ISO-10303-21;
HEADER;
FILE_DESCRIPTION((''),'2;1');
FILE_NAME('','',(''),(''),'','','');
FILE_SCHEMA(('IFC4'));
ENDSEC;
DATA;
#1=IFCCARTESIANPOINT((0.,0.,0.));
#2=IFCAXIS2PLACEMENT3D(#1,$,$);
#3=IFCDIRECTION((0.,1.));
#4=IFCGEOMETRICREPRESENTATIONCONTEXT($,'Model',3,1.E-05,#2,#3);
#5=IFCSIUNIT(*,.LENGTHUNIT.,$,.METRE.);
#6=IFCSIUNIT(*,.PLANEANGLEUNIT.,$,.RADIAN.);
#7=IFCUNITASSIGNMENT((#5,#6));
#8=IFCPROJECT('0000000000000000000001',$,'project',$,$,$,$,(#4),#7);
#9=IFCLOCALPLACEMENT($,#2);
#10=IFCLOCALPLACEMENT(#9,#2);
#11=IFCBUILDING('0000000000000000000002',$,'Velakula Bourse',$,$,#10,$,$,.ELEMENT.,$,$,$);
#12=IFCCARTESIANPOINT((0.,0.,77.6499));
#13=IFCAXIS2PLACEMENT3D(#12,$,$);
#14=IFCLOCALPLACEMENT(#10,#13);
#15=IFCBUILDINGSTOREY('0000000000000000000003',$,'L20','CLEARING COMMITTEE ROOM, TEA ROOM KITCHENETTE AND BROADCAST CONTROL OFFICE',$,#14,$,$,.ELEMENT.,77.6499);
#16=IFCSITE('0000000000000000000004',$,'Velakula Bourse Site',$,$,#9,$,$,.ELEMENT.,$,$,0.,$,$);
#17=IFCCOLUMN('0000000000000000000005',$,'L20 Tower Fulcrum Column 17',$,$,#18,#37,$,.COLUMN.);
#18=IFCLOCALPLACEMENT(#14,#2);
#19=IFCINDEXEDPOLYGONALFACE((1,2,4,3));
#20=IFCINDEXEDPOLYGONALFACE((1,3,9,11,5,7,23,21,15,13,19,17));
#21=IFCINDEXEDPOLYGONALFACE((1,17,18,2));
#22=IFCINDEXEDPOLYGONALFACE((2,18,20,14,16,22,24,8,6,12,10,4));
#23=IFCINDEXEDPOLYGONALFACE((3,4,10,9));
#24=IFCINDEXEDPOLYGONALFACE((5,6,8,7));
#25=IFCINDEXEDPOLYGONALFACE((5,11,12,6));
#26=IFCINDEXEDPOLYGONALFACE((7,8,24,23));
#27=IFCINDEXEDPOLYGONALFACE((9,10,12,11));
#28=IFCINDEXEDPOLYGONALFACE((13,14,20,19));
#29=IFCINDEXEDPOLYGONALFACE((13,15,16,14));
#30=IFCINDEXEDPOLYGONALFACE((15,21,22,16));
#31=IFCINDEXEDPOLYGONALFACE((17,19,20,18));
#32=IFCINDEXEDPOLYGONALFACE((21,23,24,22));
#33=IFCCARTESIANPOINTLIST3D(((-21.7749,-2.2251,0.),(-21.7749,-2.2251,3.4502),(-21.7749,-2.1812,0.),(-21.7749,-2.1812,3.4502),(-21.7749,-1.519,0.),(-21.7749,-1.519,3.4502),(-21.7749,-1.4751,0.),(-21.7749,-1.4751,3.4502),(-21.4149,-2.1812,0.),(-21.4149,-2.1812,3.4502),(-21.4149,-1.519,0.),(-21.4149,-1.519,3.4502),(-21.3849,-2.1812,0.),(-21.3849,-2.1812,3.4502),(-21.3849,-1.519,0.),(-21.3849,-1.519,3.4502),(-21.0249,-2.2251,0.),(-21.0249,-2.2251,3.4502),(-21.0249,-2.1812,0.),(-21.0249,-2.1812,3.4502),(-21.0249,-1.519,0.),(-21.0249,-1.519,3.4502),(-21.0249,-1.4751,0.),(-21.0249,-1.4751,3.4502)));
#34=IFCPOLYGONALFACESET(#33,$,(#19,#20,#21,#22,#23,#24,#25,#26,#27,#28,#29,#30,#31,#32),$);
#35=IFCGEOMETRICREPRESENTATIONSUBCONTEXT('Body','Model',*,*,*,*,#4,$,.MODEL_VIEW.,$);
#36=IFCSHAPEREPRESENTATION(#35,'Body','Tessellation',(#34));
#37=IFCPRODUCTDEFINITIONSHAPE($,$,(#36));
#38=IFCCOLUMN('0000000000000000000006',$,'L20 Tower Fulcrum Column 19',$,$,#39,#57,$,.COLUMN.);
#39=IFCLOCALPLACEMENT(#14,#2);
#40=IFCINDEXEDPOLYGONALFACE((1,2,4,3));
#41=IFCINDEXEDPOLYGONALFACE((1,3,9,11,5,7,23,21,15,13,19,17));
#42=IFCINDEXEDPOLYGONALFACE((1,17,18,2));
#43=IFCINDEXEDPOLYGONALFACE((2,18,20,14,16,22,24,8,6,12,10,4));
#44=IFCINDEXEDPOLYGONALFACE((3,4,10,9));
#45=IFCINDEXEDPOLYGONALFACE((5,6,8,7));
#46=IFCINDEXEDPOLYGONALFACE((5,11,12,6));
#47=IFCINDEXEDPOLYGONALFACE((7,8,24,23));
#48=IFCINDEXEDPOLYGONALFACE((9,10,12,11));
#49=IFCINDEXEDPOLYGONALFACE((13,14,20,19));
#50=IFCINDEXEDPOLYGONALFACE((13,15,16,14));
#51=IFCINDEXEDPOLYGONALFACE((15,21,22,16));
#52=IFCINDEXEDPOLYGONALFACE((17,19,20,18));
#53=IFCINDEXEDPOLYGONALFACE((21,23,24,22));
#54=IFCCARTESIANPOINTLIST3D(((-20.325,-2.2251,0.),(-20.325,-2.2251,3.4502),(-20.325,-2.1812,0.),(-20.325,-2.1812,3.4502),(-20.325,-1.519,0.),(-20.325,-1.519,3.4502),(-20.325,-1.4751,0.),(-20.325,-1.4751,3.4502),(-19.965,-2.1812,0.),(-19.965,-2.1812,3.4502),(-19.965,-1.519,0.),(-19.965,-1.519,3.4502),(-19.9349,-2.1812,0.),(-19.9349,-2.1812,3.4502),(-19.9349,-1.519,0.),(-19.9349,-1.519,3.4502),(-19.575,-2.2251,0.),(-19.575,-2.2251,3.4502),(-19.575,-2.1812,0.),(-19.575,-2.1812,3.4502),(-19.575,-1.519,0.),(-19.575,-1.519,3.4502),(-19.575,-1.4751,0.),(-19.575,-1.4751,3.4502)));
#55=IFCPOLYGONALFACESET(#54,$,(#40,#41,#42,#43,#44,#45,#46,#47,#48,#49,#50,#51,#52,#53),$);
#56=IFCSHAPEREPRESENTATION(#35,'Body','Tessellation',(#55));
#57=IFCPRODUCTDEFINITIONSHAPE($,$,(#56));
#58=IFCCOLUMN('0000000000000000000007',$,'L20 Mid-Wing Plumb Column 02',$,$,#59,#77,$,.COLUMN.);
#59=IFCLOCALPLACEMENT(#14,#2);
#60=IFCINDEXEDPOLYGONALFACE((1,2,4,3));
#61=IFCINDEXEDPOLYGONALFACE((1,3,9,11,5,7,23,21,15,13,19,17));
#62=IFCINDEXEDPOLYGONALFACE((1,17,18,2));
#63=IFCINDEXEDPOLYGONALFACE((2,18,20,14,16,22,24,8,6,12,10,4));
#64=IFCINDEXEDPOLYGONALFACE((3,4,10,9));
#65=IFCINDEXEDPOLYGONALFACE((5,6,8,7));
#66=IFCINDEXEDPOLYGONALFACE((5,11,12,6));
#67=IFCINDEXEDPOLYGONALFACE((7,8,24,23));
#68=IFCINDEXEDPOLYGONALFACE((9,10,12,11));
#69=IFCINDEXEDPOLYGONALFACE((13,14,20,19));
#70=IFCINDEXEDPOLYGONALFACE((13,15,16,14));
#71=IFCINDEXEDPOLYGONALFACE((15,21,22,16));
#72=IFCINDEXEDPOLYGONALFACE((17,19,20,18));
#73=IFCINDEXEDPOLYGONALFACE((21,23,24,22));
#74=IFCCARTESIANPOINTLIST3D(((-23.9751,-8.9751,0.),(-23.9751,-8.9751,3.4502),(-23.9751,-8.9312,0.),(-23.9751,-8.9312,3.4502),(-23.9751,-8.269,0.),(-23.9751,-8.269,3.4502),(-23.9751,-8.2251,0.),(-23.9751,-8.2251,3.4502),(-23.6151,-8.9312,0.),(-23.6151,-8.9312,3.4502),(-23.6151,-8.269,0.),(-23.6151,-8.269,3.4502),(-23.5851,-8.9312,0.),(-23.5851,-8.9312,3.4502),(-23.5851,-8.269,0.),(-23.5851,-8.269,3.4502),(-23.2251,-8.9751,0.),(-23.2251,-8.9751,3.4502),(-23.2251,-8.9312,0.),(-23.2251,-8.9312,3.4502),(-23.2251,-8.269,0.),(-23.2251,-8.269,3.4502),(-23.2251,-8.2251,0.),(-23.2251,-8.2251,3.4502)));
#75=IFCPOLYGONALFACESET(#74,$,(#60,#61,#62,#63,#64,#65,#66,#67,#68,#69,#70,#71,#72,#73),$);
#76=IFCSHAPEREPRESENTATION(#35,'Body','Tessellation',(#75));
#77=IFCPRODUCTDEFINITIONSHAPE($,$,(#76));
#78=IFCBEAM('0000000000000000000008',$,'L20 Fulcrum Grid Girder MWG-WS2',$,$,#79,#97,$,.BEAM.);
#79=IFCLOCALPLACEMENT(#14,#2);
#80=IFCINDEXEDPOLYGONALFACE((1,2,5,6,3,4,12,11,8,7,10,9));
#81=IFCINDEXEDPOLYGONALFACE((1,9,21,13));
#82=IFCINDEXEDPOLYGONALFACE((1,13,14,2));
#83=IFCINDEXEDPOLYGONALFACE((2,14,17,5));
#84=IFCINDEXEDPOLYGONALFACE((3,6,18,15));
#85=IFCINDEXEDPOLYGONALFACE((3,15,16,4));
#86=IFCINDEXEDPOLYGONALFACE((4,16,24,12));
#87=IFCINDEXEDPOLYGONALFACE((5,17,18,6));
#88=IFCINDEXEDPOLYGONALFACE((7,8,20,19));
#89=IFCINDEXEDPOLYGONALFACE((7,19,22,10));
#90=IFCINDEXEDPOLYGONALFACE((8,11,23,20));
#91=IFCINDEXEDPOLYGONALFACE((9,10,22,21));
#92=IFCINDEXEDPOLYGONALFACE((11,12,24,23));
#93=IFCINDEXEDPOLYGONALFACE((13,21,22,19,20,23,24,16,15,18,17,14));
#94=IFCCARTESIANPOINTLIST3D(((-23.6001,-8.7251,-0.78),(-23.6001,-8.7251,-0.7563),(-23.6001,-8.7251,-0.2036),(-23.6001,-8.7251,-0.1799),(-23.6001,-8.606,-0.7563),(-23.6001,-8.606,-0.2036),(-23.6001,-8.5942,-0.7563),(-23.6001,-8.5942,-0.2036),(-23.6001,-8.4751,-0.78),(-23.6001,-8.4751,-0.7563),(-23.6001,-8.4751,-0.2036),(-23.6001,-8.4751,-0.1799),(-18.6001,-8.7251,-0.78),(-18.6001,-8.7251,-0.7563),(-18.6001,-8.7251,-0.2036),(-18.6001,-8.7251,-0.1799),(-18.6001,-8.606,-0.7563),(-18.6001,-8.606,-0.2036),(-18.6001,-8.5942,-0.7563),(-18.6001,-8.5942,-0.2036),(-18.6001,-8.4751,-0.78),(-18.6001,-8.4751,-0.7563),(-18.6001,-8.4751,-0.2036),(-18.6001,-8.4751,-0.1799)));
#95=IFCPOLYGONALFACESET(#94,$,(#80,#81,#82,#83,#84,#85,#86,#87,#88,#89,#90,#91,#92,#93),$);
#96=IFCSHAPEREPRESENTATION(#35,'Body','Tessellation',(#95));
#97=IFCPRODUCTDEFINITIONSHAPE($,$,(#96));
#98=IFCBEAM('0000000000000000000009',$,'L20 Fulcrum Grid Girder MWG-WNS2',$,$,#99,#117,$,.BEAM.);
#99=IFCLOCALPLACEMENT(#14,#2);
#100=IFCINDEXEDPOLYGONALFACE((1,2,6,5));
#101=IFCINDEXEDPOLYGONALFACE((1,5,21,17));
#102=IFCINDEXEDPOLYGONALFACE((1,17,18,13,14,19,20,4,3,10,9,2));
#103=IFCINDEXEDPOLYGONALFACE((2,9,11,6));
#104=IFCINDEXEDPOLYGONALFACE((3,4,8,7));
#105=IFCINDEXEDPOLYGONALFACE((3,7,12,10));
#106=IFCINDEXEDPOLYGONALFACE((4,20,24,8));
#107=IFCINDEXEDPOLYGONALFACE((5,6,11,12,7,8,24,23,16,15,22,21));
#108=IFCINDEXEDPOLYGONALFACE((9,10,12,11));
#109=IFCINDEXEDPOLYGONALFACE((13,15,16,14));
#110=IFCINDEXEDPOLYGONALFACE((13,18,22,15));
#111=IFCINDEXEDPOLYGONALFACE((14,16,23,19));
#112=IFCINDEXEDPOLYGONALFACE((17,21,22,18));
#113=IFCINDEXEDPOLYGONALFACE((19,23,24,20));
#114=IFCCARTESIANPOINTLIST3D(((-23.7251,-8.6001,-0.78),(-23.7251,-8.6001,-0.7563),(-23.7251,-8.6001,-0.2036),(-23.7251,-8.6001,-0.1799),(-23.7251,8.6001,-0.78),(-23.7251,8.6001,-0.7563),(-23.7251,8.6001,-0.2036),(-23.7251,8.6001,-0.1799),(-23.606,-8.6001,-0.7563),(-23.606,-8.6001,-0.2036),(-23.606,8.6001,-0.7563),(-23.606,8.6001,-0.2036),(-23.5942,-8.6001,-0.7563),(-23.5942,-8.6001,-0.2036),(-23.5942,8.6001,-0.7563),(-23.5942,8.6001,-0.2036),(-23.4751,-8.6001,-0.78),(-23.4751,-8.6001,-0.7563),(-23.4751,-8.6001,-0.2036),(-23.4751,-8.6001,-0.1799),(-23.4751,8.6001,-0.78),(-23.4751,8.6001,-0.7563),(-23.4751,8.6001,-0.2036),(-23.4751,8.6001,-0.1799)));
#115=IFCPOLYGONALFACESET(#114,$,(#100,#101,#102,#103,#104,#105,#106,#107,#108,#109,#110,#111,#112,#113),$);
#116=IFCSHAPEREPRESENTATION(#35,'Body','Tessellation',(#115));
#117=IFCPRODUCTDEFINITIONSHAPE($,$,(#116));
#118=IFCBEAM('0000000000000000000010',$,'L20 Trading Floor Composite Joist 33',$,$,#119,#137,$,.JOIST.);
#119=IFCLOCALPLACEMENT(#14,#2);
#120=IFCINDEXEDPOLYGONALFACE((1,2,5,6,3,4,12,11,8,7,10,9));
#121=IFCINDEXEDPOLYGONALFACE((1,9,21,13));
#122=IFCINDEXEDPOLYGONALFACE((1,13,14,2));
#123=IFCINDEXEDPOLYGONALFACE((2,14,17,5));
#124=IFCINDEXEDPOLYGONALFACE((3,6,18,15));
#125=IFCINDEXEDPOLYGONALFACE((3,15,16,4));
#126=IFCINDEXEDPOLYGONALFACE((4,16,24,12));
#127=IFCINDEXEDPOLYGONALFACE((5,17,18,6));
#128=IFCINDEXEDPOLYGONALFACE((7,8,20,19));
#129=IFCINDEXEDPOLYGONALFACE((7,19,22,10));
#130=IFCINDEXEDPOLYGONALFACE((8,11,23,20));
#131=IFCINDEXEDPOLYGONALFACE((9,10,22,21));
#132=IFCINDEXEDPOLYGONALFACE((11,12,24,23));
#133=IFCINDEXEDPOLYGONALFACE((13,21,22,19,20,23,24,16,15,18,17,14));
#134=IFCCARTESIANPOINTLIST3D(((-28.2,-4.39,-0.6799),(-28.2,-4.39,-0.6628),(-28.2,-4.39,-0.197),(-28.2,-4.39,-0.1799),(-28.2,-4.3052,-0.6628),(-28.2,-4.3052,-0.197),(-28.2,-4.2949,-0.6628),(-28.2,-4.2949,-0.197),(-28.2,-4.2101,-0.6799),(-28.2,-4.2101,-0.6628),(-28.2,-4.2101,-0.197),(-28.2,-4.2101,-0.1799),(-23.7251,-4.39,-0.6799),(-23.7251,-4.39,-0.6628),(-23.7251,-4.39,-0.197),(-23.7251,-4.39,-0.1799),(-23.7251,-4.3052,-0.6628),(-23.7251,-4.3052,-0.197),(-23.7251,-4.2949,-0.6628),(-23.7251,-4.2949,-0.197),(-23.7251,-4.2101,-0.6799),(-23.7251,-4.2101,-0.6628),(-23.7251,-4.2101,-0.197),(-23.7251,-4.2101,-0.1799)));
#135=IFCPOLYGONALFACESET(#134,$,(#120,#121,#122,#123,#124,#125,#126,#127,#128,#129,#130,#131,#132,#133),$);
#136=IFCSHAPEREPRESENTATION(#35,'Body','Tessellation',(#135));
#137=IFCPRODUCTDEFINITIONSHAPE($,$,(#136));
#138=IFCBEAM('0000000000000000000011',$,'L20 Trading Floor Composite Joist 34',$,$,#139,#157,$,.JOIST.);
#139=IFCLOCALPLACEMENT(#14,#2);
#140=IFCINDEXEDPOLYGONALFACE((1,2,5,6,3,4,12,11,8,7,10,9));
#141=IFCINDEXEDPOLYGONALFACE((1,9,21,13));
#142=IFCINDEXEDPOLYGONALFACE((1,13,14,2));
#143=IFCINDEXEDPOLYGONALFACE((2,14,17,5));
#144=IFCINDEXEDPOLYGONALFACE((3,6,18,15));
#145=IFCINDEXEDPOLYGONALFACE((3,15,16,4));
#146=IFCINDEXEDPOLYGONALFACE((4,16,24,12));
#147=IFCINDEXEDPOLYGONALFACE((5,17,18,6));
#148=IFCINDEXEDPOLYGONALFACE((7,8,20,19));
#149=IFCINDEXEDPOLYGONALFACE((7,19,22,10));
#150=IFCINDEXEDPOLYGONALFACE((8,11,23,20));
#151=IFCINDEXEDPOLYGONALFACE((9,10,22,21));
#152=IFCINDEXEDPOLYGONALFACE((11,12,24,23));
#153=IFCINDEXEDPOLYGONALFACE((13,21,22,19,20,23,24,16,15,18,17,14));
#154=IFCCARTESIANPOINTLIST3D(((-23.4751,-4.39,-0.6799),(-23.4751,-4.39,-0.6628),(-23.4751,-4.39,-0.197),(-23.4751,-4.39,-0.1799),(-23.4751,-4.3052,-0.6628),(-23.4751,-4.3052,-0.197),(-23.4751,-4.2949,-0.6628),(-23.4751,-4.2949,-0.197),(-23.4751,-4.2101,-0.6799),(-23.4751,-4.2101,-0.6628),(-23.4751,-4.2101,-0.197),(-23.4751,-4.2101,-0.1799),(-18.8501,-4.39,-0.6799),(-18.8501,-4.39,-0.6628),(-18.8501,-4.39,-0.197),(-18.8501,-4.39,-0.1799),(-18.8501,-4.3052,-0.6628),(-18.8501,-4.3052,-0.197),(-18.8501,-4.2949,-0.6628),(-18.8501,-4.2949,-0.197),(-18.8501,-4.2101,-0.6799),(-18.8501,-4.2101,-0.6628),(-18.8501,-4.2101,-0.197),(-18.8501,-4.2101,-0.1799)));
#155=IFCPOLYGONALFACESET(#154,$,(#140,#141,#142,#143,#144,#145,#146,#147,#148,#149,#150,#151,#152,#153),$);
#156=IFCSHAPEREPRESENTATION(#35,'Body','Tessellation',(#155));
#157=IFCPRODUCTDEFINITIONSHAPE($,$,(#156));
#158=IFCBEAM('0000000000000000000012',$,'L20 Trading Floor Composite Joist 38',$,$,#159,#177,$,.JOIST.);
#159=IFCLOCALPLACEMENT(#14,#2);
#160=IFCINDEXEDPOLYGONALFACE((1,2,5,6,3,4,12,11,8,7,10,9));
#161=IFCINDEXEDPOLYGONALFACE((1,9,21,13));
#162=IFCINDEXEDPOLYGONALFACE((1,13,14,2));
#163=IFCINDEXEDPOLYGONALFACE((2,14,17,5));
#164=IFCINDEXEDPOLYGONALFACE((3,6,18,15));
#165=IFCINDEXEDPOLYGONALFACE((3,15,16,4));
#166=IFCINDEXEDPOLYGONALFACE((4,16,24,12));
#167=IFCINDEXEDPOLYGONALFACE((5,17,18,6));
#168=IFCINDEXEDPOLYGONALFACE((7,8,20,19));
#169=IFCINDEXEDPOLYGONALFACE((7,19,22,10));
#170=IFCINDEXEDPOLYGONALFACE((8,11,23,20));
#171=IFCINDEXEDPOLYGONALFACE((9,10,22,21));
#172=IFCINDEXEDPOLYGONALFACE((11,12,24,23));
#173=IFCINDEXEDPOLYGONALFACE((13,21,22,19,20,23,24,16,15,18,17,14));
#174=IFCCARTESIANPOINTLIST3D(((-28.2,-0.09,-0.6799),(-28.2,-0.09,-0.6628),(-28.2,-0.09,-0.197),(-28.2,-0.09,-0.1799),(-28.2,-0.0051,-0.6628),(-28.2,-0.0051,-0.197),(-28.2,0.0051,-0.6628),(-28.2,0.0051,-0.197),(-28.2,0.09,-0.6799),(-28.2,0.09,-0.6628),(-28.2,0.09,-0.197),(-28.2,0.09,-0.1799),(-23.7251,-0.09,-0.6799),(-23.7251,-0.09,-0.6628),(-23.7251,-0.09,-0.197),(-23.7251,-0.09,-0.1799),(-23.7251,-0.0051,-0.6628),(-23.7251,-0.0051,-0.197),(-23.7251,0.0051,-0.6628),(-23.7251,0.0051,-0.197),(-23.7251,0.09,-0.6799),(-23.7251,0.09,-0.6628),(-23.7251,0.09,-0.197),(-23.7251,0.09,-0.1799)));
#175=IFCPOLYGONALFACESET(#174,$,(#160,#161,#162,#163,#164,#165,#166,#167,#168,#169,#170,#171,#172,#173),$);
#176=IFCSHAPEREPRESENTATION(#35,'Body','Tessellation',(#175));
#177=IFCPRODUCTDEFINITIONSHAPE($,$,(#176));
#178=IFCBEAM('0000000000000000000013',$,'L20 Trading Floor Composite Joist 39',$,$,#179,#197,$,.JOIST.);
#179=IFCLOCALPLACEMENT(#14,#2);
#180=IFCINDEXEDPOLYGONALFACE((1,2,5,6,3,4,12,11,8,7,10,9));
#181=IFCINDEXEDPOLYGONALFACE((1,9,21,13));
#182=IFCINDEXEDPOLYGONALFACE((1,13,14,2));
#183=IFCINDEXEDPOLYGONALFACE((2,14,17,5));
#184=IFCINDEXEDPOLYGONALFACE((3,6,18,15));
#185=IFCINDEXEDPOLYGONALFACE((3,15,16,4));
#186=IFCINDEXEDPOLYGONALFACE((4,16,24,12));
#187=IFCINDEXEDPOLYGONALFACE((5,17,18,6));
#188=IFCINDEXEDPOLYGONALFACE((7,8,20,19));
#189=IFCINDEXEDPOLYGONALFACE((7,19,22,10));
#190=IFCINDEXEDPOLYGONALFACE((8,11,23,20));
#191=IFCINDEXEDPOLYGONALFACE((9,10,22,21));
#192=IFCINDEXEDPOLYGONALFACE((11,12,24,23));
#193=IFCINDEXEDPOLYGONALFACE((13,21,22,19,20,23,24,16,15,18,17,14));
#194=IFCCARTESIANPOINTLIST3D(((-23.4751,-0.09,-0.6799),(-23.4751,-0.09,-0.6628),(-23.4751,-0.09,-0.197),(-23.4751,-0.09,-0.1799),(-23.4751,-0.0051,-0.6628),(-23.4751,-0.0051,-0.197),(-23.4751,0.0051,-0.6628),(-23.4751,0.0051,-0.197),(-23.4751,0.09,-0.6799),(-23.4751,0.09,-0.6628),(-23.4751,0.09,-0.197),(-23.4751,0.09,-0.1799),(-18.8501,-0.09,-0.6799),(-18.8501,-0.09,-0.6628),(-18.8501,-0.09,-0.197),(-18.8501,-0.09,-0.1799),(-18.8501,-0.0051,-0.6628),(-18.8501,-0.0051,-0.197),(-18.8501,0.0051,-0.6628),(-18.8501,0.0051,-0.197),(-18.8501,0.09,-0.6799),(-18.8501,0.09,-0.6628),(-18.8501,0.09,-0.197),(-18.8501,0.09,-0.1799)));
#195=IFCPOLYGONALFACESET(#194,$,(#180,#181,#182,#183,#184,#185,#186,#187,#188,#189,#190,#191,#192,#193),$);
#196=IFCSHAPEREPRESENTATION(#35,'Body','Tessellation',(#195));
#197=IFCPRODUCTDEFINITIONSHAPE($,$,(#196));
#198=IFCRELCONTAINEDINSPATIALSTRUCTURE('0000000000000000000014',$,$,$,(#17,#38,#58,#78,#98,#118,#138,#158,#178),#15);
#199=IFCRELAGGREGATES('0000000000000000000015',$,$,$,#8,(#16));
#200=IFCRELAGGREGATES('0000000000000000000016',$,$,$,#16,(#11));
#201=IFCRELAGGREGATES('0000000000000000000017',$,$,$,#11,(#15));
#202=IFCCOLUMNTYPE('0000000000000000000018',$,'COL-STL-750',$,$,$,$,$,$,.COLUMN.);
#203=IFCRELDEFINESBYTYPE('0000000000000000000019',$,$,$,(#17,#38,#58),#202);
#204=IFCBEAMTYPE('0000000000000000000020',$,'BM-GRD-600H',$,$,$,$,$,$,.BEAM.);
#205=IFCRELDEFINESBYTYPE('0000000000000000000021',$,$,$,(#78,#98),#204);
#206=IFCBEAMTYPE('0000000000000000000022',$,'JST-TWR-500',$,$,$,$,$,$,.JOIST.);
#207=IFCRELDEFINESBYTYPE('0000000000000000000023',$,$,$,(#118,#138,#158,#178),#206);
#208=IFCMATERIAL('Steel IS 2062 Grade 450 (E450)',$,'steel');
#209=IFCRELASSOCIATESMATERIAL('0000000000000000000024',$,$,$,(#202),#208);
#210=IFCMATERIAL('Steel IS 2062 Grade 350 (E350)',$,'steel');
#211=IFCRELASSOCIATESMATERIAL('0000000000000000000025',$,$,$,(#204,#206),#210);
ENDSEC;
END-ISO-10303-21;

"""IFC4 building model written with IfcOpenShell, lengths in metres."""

from ifc_helpers import new_model, si_unit, direction, frame, origin, origin_2d, place, context, subcontext, project, spatial, i_section, extrude, material, material_profile, profile_set, type_object, element, save


model = new_model("IFC4")

# Units and contexts
model_context = context("Model", 3, precision=1e-05, world=origin(), true_north=direction((0.0, 1.0)))
body_context = subcontext(model_context, "Body", "Model", "MODEL_VIEW")
ifc_project = project(units=[si_unit("LENGTHUNIT", "METRE"), si_unit("PLANEANGLEUNIT", "RADIAN")], contexts=[model_context])

# Site, building, storey
site_placement = place(None, origin())
site = spatial("IfcSite", under=ifc_project, at=site_placement, Name="Velakula Bourse Site", CompositionType="ELEMENT", RefElevation=0.0)
building_placement = place(site_placement, origin())
building = spatial("IfcBuilding", under=site, at=building_placement, Name="Velakula Bourse", CompositionType="ELEMENT")
storey_placement = place(building_placement, frame((0.0, 0.0, 77.6499)))
storey = spatial("IfcBuildingStorey", under=building, at=storey_placement, Name="L20", Description="CLEARING COMMITTEE ROOM, TEA ROOM KITCHENETTE AND BROADCAST CONTROL OFFICE", CompositionType="ELEMENT", Elevation=77.6499)

# Columns
ifc_material_1 = material(Name="Steel IS 2062 Grade 450 (E450)", Category="steel")
ifc_material_profile_1 = material_profile(ifc_material_1, i_section(OverallWidth=0.75, OverallDepth=0.75, WebThickness=0.03, FlangeThickness=0.0439, at=origin_2d()), Name="Steel IS 2062 Grade 450 (E450)")
ifc_profile_set_1 = profile_set([ifc_material_profile_1], Name="Steel IS 2062 Grade 450 (E450)")
column_type = type_object("IfcColumnType", Name="COL-STL-750", PredefinedType="COLUMN", material=ifc_profile_set_1)
for number, where, z_axis, x_axis, name in (
    (1, (-21.3999, -1.8501, 0.0), (0.0, 0.0, 1.0), (1.0, 0.0, 0.0), "L20 Tower Fulcrum Column 17"),
    (2, (-19.95, -1.8501, 0.0), (0.0, 0.0, 1.0), (1.0, 0.0, 0.0), "L20 Tower Fulcrum Column 19"),
    (3, (-23.6001, -8.6001, 0.0), (0.0, 0.0, 1.0), (1.0, 0.0, 0.0), "L20 Mid-Wing Plumb Column 02"),
):
    element("IfcColumn", number, at=place(storey_placement, frame(where, z_axis=z_axis, x_axis=x_axis)), inside=storey, type_object=column_type, Name=name, PredefinedType="COLUMN", context=body_context, shape_type="SweptSolid", body=[
        extrude(i_section(OverallWidth=0.75, OverallDepth=0.75, WebThickness=0.03, FlangeThickness=0.0439, at=origin_2d()), origin(), (0.0, 0.0, 1.0), 3.4502),
    ])

# Beams
ifc_material_2 = material(Name="Steel IS 2062 Grade 350 (E350)", Category="steel")
ifc_material_profile_2 = material_profile(ifc_material_2, i_section(OverallWidth=0.25, OverallDepth=0.6001, WebThickness=0.0117, FlangeThickness=0.0237, at=origin_2d()), Name="Steel IS 2062 Grade 350 (E350)")
ifc_profile_set_2 = profile_set([ifc_material_profile_2], Name="Steel IS 2062 Grade 350 (E350)")
beam_type_1 = type_object("IfcBeamType", Name="BM-GRD-600H", PredefinedType="BEAM", material=ifc_profile_set_2)
beam_1_placement = place(storey_placement, frame((-23.6001, -8.6001, -0.48), z_axis=(1.0, 0.0, 0.0), x_axis=(0.0, 1.0, 0.0)))
element("IfcBeam", 4, at=beam_1_placement, inside=storey, type_object=beam_type_1, Name="L20 Fulcrum Grid Girder MWG-WS2", PredefinedType="BEAM", context=body_context, shape_type="SweptSolid", body=[
    extrude(i_section(OverallWidth=0.25, OverallDepth=0.6001, WebThickness=0.0117, FlangeThickness=0.0237, at=origin_2d()), origin(), (0.0, 0.0, 1.0), 5.0),
])
beam_2_placement = place(storey_placement, frame((-23.6001, -8.6001, -0.48), z_axis=(0.0, 1.0, 0.0), x_axis=(-1.0, 0.0, 0.0)))
element("IfcBeam", 5, at=beam_2_placement, inside=storey, type_object=beam_type_1, Name="L20 Fulcrum Grid Girder MWG-WNS2", PredefinedType="BEAM", context=body_context, shape_type="SweptSolid", body=[
    extrude(i_section(OverallWidth=0.25, OverallDepth=0.6001, WebThickness=0.0117, FlangeThickness=0.0237, at=origin_2d()), origin(), (0.0, 0.0, 1.0), 17.2002),
])
ifc_material_profile_3 = material_profile(ifc_material_2, i_section(OverallWidth=0.1799, OverallDepth=0.5, WebThickness=0.0103, FlangeThickness=0.0171, at=origin_2d()), Name="Steel IS 2062 Grade 350 (E350)")
ifc_profile_set_3 = profile_set([ifc_material_profile_3], Name="Steel IS 2062 Grade 350 (E350)")
beam_type_2 = type_object("IfcBeamType", Name="JST-TWR-500", PredefinedType="JOIST", material=ifc_profile_set_3)
beam_3_placement = place(storey_placement, frame((-28.2, -4.3, -0.4299), z_axis=(1.0, 0.0, 0.0), x_axis=(0.0, 1.0, 0.0)))
element("IfcBeam", 6, at=beam_3_placement, inside=storey, type_object=beam_type_2, Name="L20 Trading Floor Composite Joist 33", PredefinedType="JOIST", context=body_context, shape_type="SweptSolid", body=[
    extrude(i_section(OverallWidth=0.1799, OverallDepth=0.5, WebThickness=0.0103, FlangeThickness=0.0171, at=origin_2d()), origin(), (0.0, 0.0, 1.0), 4.4749),
])
beam_4_placement = place(storey_placement, frame((-23.4751, -4.3, -0.4299), z_axis=(1.0, 0.0, 0.0), x_axis=(0.0, 1.0, 0.0)))
element("IfcBeam", 7, at=beam_4_placement, inside=storey, type_object=beam_type_2, Name="L20 Trading Floor Composite Joist 34", PredefinedType="JOIST", context=body_context, shape_type="SweptSolid", body=[
    extrude(i_section(OverallWidth=0.1799, OverallDepth=0.5, WebThickness=0.0103, FlangeThickness=0.0171, at=origin_2d()), origin(), (0.0, 0.0, 1.0), 4.625),
])
beam_5_placement = place(storey_placement, frame((-28.2, 0.0, -0.4299), z_axis=(1.0, 0.0, 0.0), x_axis=(0.0, 1.0, 0.0)))
element("IfcBeam", 8, at=beam_5_placement, inside=storey, type_object=beam_type_2, Name="L20 Trading Floor Composite Joist 38", PredefinedType="JOIST", context=body_context, shape_type="SweptSolid", body=[
    extrude(i_section(OverallWidth=0.1799, OverallDepth=0.5, WebThickness=0.0103, FlangeThickness=0.0171, at=origin_2d()), origin(), (0.0, 0.0, 1.0), 4.4749),
])
beam_6_placement = place(storey_placement, frame((-23.4751, 0.0, -0.4299), z_axis=(1.0, 0.0, 0.0), x_axis=(0.0, 1.0, 0.0)))
element("IfcBeam", 9, at=beam_6_placement, inside=storey, type_object=beam_type_2, Name="L20 Trading Floor Composite Joist 39", PredefinedType="JOIST", context=body_context, shape_type="SweptSolid", body=[
    extrude(i_section(OverallWidth=0.1799, OverallDepth=0.5, WebThickness=0.0103, FlangeThickness=0.0171, at=origin_2d()), origin(), (0.0, 0.0, 1.0), 4.625),
])

save(model, "model.ifc")
